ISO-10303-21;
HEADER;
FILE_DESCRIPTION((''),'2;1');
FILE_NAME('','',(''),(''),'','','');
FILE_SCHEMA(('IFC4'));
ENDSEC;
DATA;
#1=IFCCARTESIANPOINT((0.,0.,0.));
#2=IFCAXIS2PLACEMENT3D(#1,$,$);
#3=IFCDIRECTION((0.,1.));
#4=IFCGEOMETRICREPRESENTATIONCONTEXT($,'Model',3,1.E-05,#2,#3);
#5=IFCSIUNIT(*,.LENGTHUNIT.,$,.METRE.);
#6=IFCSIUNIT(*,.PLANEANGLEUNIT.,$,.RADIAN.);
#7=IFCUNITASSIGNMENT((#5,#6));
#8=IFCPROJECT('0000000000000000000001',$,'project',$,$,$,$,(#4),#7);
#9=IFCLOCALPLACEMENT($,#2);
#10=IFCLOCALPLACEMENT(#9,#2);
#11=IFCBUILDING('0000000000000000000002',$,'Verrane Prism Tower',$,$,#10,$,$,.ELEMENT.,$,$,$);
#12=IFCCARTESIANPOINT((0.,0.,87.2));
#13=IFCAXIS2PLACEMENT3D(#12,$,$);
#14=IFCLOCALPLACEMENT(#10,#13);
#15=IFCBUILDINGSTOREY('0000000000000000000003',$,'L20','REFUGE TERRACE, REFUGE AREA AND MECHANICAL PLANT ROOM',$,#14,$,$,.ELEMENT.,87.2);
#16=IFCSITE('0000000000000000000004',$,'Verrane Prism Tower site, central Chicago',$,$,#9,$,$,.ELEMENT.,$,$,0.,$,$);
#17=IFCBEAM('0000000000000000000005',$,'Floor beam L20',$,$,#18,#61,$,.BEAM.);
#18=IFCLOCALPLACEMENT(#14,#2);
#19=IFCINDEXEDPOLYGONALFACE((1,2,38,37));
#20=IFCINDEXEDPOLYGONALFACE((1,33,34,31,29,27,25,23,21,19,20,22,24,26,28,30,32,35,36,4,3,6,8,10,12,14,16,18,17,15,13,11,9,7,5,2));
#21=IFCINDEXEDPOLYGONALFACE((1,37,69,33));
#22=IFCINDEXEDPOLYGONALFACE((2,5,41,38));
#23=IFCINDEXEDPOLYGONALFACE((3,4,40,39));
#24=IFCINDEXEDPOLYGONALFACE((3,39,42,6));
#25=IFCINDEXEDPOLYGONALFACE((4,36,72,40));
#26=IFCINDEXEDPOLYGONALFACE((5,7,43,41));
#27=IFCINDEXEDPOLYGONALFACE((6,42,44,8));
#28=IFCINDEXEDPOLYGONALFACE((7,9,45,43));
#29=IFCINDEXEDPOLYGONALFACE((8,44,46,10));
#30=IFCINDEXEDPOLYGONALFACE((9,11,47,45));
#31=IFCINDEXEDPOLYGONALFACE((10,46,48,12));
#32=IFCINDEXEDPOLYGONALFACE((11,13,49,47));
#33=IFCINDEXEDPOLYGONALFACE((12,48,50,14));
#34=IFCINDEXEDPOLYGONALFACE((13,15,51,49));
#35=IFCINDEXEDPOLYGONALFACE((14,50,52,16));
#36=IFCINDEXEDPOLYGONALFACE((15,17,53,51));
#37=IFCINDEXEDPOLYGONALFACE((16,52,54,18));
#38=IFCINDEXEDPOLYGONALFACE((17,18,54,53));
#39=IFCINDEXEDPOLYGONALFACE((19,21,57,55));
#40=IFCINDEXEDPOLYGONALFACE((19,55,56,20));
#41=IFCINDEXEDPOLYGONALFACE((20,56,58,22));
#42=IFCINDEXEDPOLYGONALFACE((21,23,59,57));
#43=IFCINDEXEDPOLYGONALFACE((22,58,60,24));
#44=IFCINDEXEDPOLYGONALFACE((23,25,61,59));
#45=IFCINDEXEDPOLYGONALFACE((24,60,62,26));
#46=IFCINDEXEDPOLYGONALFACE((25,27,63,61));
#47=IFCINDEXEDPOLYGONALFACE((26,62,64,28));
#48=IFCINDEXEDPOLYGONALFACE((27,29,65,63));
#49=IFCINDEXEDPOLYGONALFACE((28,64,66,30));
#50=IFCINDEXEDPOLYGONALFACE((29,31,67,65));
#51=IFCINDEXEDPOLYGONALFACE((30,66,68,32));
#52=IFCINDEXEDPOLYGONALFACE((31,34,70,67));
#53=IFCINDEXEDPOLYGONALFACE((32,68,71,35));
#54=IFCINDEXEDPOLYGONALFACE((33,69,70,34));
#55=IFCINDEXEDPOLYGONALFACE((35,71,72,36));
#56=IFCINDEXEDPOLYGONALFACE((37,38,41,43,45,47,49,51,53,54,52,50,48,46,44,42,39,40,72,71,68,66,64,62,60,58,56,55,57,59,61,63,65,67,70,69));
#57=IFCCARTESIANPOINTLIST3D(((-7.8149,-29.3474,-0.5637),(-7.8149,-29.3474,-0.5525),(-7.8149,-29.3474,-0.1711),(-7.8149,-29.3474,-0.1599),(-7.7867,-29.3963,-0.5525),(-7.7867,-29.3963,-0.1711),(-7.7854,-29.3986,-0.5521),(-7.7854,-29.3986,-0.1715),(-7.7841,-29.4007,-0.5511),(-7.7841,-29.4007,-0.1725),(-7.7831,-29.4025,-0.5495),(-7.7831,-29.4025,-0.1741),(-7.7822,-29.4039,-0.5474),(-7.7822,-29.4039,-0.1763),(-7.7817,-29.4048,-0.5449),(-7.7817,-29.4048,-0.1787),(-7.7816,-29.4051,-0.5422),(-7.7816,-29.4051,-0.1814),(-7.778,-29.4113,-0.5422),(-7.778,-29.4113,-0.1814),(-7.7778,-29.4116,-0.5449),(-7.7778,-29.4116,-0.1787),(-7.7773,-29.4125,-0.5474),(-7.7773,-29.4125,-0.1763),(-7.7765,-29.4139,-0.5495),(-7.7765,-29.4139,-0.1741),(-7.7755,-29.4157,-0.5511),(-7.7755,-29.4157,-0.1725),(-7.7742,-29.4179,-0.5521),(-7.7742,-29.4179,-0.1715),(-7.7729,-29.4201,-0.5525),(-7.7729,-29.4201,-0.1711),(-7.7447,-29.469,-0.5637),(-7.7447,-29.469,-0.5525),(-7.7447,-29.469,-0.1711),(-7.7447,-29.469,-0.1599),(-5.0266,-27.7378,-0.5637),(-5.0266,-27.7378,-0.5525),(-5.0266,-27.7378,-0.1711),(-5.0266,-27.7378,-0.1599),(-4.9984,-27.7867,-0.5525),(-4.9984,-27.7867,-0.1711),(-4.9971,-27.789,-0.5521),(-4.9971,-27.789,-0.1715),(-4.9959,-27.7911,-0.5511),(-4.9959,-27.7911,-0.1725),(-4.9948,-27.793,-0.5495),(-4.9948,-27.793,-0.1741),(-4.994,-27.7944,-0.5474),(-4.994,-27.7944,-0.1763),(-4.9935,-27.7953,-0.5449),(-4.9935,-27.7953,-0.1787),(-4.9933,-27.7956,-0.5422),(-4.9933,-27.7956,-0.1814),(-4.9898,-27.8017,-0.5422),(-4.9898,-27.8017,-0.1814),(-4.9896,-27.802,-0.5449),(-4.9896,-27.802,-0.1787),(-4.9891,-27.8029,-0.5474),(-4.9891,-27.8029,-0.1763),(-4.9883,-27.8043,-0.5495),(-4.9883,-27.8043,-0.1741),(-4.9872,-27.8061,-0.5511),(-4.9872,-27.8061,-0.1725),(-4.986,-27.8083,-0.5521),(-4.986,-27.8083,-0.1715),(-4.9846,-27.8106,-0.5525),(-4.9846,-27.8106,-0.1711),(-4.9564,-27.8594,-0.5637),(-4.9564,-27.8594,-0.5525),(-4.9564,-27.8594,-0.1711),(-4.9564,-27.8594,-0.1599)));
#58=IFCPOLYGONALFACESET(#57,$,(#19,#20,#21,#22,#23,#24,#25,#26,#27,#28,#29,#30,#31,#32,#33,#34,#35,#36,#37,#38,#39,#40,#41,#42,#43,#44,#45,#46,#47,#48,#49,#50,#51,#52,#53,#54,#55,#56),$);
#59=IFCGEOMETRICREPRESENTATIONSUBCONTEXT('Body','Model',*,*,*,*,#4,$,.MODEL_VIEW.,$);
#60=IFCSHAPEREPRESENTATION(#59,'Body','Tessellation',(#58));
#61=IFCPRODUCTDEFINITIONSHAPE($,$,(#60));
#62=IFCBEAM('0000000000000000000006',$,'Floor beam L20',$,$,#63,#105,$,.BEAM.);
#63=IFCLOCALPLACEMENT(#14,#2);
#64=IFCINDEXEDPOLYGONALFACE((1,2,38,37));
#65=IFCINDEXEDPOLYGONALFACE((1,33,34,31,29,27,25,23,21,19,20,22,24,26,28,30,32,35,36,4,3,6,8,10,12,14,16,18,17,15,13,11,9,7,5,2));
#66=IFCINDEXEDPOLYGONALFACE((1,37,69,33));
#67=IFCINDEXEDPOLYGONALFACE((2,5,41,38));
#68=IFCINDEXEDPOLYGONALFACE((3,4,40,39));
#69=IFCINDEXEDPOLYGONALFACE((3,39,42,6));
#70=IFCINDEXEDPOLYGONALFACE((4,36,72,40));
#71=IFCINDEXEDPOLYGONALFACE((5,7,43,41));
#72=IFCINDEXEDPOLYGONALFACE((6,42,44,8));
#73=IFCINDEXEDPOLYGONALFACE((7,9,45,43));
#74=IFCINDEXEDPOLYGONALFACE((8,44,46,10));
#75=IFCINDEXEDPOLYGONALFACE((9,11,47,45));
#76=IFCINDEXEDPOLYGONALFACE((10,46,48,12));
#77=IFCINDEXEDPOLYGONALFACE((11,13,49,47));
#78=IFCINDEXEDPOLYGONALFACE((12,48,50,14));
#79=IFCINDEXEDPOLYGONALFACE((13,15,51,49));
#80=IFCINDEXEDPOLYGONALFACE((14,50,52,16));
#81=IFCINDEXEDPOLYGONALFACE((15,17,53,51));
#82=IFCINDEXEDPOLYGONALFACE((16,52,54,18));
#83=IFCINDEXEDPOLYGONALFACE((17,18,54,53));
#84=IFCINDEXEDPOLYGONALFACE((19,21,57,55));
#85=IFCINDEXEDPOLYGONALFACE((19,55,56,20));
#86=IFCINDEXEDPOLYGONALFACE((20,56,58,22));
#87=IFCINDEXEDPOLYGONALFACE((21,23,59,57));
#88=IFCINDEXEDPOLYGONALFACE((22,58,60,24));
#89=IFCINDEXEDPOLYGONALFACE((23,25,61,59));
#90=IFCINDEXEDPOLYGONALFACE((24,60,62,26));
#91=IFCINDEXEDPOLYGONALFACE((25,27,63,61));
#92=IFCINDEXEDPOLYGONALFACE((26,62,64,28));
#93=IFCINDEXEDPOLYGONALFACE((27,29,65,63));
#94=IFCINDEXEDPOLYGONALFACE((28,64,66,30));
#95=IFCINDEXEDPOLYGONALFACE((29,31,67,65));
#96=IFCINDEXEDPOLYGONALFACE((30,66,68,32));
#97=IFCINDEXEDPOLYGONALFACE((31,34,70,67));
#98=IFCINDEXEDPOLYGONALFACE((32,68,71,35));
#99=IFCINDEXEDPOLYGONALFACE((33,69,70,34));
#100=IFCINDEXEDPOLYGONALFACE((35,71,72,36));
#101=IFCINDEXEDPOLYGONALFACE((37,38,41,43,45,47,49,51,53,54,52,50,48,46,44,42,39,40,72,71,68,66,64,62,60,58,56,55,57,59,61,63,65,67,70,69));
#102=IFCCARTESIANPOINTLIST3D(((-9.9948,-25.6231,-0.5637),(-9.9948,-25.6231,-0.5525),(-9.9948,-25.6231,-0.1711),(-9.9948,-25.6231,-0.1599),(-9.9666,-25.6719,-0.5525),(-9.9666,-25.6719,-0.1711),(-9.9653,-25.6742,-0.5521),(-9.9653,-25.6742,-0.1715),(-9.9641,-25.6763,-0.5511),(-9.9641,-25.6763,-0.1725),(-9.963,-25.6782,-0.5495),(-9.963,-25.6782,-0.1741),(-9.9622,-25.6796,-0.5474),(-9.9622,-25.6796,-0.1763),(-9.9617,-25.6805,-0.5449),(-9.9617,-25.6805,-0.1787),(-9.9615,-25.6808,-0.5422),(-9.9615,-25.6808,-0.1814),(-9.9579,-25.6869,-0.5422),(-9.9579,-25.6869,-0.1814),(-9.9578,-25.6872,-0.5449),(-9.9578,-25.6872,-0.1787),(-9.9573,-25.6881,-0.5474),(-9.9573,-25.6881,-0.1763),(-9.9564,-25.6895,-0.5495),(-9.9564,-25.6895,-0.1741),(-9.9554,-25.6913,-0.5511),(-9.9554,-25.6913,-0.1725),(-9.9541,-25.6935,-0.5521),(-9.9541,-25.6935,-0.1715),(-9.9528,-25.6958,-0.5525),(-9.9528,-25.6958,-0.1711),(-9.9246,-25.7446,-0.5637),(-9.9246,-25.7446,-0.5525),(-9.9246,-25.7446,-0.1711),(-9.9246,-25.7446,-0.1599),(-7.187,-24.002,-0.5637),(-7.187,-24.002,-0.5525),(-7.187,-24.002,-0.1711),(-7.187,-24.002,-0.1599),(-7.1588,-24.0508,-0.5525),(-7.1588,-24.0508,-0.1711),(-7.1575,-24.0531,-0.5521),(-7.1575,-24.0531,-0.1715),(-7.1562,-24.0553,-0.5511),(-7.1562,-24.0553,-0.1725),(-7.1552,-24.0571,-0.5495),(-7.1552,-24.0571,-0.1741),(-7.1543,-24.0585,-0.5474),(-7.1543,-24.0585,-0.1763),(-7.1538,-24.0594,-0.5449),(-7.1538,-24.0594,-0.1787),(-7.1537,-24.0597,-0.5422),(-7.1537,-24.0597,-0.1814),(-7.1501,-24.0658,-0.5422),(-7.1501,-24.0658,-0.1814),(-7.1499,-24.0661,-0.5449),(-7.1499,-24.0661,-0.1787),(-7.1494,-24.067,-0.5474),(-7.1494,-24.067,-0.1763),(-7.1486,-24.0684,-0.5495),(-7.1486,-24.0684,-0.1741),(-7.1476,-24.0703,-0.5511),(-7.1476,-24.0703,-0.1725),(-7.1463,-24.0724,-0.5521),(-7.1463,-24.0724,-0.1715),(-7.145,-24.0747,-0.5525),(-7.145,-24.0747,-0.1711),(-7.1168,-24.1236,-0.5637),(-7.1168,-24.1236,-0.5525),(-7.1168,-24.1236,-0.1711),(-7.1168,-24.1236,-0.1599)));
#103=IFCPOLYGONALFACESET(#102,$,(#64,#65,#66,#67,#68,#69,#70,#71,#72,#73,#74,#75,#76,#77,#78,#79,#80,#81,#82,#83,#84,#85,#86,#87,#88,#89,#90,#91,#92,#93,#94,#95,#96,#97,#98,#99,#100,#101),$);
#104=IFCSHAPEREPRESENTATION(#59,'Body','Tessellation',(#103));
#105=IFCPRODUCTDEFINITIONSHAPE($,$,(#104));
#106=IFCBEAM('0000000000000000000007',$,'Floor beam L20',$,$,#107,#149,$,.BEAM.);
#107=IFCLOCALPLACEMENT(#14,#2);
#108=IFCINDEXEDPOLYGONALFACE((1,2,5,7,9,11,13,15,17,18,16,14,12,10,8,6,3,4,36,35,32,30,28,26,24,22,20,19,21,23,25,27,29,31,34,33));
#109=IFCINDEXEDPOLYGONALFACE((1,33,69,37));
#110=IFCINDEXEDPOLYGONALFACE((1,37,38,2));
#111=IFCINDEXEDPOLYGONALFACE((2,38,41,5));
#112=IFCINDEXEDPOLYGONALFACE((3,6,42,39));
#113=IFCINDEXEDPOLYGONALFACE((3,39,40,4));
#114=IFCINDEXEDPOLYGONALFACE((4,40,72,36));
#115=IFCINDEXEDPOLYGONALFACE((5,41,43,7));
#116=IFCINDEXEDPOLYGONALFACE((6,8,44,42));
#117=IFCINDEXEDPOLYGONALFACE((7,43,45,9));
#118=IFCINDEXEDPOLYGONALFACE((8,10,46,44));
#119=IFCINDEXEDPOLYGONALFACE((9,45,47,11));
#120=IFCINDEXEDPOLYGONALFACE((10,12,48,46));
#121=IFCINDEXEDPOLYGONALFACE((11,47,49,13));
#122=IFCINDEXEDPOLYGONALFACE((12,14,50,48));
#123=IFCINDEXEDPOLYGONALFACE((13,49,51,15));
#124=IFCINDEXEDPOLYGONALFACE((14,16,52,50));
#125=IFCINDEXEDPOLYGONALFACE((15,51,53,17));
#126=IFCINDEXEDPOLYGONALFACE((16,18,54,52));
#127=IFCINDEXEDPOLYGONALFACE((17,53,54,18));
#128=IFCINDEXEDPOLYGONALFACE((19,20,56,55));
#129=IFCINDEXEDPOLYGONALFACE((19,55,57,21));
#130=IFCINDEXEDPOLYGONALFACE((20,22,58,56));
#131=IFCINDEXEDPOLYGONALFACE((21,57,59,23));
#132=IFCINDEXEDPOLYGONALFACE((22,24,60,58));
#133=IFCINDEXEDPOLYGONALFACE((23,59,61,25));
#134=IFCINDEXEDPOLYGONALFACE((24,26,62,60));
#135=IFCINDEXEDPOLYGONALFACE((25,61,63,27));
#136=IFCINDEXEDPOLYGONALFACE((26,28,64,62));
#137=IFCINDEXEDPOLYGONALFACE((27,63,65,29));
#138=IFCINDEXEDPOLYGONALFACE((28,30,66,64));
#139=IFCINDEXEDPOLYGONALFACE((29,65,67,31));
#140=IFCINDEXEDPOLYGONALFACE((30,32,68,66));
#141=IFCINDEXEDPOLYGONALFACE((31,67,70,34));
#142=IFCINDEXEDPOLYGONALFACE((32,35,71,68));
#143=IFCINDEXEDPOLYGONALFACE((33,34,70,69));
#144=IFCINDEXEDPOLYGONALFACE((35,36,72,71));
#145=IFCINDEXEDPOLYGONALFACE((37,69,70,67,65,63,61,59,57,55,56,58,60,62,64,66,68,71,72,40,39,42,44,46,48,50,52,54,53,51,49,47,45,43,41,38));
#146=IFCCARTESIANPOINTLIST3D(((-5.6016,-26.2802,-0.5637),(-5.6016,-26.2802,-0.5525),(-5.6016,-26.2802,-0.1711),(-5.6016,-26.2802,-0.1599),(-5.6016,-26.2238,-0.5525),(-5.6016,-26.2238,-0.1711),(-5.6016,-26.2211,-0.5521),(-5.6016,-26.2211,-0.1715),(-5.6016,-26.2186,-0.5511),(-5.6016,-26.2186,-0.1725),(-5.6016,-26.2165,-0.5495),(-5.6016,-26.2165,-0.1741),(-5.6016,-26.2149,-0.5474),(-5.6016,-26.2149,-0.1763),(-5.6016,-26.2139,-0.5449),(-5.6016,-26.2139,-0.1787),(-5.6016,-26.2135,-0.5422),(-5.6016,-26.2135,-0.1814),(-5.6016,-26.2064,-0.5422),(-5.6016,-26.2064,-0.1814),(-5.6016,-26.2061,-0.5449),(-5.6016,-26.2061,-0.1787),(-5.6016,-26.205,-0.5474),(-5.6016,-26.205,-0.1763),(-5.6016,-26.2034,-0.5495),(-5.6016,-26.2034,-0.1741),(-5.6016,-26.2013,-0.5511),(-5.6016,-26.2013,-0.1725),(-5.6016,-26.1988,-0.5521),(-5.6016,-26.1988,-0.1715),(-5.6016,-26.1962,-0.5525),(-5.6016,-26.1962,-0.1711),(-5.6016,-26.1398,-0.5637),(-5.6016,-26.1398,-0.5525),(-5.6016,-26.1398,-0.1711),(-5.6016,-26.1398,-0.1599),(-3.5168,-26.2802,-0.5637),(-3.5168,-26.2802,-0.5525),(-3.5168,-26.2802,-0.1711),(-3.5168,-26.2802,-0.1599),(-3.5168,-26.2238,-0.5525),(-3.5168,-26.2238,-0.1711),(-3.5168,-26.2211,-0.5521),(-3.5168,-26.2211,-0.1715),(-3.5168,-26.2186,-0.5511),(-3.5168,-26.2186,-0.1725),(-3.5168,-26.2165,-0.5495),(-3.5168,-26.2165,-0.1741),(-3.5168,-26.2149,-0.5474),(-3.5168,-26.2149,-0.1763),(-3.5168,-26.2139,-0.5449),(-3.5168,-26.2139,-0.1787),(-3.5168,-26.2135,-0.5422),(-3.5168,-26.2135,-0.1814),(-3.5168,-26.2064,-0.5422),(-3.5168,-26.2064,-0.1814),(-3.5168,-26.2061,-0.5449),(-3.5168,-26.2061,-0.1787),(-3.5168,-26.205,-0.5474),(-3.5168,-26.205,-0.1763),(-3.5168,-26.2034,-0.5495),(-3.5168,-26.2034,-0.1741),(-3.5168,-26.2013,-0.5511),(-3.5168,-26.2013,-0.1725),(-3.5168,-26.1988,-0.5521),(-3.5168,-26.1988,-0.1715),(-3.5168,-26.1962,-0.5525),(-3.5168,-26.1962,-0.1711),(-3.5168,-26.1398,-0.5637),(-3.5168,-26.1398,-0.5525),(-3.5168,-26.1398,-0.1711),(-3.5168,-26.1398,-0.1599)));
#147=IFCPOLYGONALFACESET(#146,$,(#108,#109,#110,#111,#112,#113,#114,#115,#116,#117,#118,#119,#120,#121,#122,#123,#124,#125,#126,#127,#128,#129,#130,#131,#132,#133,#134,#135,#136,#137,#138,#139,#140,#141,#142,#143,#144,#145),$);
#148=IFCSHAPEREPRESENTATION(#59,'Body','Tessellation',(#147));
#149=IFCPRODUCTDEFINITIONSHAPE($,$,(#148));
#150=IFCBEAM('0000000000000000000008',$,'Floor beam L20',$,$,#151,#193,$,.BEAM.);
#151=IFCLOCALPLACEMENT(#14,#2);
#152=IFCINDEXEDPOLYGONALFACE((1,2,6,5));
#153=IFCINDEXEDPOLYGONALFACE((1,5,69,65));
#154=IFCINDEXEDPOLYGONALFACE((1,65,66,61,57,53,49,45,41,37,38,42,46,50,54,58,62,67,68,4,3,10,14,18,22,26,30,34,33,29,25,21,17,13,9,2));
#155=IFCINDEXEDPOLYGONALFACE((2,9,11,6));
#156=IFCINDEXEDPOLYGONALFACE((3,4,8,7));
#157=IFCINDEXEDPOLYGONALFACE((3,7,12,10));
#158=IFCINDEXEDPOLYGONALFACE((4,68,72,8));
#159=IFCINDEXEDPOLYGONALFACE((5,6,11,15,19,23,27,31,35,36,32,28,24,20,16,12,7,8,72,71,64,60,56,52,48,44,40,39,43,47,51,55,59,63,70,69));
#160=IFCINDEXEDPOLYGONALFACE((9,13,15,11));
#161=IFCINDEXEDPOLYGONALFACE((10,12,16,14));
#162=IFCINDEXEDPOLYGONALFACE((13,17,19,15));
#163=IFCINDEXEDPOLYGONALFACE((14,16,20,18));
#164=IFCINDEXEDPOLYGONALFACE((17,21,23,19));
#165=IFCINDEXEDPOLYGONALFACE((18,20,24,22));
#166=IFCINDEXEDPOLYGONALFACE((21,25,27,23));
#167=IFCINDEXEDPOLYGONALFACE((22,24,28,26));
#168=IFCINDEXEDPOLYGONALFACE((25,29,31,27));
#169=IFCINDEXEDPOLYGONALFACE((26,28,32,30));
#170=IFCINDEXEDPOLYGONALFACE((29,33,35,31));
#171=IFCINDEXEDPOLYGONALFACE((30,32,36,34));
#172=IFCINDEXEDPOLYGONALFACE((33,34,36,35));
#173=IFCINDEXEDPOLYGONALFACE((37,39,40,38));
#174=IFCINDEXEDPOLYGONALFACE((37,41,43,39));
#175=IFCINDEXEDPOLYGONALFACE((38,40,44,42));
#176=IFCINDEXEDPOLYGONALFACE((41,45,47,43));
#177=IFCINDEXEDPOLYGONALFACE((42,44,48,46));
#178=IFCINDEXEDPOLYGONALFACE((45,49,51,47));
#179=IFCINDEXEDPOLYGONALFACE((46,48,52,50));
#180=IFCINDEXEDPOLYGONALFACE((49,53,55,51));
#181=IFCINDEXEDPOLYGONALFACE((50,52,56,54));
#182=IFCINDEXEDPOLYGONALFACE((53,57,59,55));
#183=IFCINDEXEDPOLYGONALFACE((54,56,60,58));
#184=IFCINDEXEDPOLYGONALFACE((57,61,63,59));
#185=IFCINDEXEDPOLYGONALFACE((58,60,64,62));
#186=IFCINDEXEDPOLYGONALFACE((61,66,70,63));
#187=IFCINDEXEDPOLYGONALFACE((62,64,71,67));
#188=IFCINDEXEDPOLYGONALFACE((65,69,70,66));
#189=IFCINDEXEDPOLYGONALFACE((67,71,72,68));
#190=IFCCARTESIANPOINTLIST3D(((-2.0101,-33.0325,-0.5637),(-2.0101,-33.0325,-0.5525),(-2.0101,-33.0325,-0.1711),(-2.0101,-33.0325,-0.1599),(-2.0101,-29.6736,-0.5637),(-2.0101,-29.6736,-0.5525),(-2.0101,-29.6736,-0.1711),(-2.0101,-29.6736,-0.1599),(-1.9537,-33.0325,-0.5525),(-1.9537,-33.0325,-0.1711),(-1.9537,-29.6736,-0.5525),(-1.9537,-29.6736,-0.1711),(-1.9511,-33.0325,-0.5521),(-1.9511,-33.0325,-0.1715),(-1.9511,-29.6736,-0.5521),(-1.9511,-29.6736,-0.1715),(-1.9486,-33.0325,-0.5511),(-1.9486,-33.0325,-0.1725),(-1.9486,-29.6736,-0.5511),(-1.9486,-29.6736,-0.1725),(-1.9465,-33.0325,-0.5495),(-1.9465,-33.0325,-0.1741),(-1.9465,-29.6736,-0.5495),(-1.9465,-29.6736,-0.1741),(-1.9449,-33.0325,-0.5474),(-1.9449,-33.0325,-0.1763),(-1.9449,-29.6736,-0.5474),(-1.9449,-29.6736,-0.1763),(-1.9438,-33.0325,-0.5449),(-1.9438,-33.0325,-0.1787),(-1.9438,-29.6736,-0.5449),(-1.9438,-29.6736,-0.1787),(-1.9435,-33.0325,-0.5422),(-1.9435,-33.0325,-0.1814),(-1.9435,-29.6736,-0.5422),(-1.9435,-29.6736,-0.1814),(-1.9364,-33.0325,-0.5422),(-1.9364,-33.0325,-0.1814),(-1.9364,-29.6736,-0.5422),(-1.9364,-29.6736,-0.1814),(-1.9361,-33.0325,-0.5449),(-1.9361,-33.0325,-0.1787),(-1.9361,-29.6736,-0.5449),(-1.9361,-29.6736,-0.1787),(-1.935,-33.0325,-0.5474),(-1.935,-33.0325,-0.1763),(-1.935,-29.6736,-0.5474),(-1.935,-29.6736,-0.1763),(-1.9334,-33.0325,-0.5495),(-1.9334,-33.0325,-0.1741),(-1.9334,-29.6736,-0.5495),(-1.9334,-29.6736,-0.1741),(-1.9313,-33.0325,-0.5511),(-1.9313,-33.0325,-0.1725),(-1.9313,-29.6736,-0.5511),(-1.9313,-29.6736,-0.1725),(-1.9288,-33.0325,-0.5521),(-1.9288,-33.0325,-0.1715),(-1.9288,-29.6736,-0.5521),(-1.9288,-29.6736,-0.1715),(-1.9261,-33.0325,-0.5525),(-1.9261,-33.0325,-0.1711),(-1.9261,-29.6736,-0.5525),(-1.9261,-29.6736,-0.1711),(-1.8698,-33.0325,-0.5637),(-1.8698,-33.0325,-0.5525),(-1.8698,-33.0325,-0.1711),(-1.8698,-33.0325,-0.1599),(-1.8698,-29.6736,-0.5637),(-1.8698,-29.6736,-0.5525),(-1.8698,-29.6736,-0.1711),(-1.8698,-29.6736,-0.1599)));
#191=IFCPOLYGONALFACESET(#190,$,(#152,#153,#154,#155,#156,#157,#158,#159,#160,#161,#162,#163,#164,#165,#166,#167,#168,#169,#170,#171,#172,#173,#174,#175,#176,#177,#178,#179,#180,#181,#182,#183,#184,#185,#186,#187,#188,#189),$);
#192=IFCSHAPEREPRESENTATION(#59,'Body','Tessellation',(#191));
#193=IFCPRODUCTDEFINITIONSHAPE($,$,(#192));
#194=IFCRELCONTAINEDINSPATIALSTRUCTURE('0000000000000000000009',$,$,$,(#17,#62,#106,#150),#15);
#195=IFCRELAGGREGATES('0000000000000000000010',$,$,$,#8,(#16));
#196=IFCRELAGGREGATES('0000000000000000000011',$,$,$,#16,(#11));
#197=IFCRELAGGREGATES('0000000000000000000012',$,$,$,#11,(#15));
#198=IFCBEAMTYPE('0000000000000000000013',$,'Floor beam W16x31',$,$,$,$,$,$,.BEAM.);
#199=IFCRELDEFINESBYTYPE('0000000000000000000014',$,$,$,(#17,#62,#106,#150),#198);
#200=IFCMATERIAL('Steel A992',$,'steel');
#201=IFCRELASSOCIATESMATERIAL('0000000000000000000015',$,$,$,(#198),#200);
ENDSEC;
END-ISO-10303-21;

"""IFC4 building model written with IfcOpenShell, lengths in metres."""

from ifc_helpers import new_model, si_unit, direction, frame, origin, origin_2d, place, context, subcontext, project, spatial, i_section, extrude, material, material_profile, profile_set, type_object, element, save


model = new_model("IFC4")

# Units and contexts
model_context = context("Model", 3, precision=1e-05, world=origin(), true_north=direction((0.0, 1.0)))
body_context = subcontext(model_context, "Body", "Model", "MODEL_VIEW")
ifc_project = project(units=[si_unit("LENGTHUNIT", "METRE"), si_unit("PLANEANGLEUNIT", "RADIAN")], contexts=[model_context])

# Site, building, storey
site_placement = place(None, origin())
site = spatial("IfcSite", under=ifc_project, at=site_placement, Name="Verrane Prism Tower site, central Chicago", CompositionType="ELEMENT", RefElevation=0.0)
building_placement = place(site_placement, origin())
building = spatial("IfcBuilding", under=site, at=building_placement, Name="Verrane Prism Tower", CompositionType="ELEMENT")
storey_placement = place(building_placement, frame((0.0, 0.0, 87.2)))
storey = spatial("IfcBuildingStorey", under=building, at=storey_placement, Name="L20", Description="REFUGE TERRACE, REFUGE AREA AND MECHANICAL PLANT ROOM", CompositionType="ELEMENT", Elevation=87.2)

# Beams
ifc_material_1 = material(Name="Steel A992", Category="steel")
ifc_material_profile_1 = material_profile(ifc_material_1, i_section(OverallWidth=0.1404, OverallDepth=0.4038, WebThickness=0.0071, FlangeThickness=0.0112, FilletRadius=0.0103, at=origin_2d()), Name="W16x31")
ifc_profile_set_1 = profile_set([ifc_material_profile_1], Name="Steel A992")
beam_type_1 = type_object("IfcBeamType", Name="Floor beam W16x31", PredefinedType="BEAM", material=ifc_profile_set_1)
beam_1_placement = place(storey_placement, frame((-7.7798, -29.4082, -0.3618), z_axis=(0.866056, 0.499948, 0.0), x_axis=(-0.499948, 0.866056, 0.0)))
element("IfcBeam", 1, at=beam_1_placement, inside=storey, type_object=beam_type_1, Name="Floor beam L20", PredefinedType="BEAM", context=body_context, shape_type="SweptSolid", body=[
    extrude(i_section(OverallWidth=0.1404, OverallDepth=0.4038, WebThickness=0.0071, FlangeThickness=0.0112, FilletRadius=0.0103, at=origin_2d()), origin(), (0.0, 0.0, 1.0), 3.2195),
])
beam_2_placement = place(storey_placement, frame((-9.9597, -25.6838, -0.3618), z_axis=(0.866029, 0.499994, 0.0), x_axis=(-0.499994, 0.866029, 0.0)))
element("IfcBeam", 2, at=beam_2_placement, inside=storey, type_object=beam_type_1, Name="Floor beam L20", PredefinedType="BEAM", context=body_context, shape_type="SweptSolid", body=[
    extrude(i_section(OverallWidth=0.1404, OverallDepth=0.4038, WebThickness=0.0071, FlangeThickness=0.0112, FilletRadius=0.0103, at=origin_2d()), origin(), (0.0, 0.0, 1.0), 3.2422),
])
beam_3_placement = place(storey_placement, frame((-5.6016, -26.21, -0.3618), z_axis=(1.0, 0.0, 0.0), x_axis=(0.0, 1.0, 0.0)))
element("IfcBeam", 3, at=beam_3_placement, inside=storey, type_object=beam_type_1, Name="Floor beam L20", PredefinedType="BEAM", context=body_context, shape_type="SweptSolid", body=[
    extrude(i_section(OverallWidth=0.1404, OverallDepth=0.4038, WebThickness=0.0071, FlangeThickness=0.0112, FilletRadius=0.0103, at=origin_2d()), origin(), (0.0, 0.0, 1.0), 2.0847),
])
beam_4_placement = place(storey_placement, frame((-1.9399, -33.0325, -0.3618), z_axis=(0.0, 1.0, 0.0), x_axis=(-1.0, 0.0, 0.0)))
element("IfcBeam", 4, at=beam_4_placement, inside=storey, type_object=beam_type_1, Name="Floor beam L20", PredefinedType="BEAM", context=body_context, shape_type="SweptSolid", body=[
    extrude(i_section(OverallWidth=0.1404, OverallDepth=0.4038, WebThickness=0.0071, FlangeThickness=0.0112, FilletRadius=0.0103, at=origin_2d()), origin(), (0.0, 0.0, 1.0), 3.3589),
])

save(model, "model.ifc")
